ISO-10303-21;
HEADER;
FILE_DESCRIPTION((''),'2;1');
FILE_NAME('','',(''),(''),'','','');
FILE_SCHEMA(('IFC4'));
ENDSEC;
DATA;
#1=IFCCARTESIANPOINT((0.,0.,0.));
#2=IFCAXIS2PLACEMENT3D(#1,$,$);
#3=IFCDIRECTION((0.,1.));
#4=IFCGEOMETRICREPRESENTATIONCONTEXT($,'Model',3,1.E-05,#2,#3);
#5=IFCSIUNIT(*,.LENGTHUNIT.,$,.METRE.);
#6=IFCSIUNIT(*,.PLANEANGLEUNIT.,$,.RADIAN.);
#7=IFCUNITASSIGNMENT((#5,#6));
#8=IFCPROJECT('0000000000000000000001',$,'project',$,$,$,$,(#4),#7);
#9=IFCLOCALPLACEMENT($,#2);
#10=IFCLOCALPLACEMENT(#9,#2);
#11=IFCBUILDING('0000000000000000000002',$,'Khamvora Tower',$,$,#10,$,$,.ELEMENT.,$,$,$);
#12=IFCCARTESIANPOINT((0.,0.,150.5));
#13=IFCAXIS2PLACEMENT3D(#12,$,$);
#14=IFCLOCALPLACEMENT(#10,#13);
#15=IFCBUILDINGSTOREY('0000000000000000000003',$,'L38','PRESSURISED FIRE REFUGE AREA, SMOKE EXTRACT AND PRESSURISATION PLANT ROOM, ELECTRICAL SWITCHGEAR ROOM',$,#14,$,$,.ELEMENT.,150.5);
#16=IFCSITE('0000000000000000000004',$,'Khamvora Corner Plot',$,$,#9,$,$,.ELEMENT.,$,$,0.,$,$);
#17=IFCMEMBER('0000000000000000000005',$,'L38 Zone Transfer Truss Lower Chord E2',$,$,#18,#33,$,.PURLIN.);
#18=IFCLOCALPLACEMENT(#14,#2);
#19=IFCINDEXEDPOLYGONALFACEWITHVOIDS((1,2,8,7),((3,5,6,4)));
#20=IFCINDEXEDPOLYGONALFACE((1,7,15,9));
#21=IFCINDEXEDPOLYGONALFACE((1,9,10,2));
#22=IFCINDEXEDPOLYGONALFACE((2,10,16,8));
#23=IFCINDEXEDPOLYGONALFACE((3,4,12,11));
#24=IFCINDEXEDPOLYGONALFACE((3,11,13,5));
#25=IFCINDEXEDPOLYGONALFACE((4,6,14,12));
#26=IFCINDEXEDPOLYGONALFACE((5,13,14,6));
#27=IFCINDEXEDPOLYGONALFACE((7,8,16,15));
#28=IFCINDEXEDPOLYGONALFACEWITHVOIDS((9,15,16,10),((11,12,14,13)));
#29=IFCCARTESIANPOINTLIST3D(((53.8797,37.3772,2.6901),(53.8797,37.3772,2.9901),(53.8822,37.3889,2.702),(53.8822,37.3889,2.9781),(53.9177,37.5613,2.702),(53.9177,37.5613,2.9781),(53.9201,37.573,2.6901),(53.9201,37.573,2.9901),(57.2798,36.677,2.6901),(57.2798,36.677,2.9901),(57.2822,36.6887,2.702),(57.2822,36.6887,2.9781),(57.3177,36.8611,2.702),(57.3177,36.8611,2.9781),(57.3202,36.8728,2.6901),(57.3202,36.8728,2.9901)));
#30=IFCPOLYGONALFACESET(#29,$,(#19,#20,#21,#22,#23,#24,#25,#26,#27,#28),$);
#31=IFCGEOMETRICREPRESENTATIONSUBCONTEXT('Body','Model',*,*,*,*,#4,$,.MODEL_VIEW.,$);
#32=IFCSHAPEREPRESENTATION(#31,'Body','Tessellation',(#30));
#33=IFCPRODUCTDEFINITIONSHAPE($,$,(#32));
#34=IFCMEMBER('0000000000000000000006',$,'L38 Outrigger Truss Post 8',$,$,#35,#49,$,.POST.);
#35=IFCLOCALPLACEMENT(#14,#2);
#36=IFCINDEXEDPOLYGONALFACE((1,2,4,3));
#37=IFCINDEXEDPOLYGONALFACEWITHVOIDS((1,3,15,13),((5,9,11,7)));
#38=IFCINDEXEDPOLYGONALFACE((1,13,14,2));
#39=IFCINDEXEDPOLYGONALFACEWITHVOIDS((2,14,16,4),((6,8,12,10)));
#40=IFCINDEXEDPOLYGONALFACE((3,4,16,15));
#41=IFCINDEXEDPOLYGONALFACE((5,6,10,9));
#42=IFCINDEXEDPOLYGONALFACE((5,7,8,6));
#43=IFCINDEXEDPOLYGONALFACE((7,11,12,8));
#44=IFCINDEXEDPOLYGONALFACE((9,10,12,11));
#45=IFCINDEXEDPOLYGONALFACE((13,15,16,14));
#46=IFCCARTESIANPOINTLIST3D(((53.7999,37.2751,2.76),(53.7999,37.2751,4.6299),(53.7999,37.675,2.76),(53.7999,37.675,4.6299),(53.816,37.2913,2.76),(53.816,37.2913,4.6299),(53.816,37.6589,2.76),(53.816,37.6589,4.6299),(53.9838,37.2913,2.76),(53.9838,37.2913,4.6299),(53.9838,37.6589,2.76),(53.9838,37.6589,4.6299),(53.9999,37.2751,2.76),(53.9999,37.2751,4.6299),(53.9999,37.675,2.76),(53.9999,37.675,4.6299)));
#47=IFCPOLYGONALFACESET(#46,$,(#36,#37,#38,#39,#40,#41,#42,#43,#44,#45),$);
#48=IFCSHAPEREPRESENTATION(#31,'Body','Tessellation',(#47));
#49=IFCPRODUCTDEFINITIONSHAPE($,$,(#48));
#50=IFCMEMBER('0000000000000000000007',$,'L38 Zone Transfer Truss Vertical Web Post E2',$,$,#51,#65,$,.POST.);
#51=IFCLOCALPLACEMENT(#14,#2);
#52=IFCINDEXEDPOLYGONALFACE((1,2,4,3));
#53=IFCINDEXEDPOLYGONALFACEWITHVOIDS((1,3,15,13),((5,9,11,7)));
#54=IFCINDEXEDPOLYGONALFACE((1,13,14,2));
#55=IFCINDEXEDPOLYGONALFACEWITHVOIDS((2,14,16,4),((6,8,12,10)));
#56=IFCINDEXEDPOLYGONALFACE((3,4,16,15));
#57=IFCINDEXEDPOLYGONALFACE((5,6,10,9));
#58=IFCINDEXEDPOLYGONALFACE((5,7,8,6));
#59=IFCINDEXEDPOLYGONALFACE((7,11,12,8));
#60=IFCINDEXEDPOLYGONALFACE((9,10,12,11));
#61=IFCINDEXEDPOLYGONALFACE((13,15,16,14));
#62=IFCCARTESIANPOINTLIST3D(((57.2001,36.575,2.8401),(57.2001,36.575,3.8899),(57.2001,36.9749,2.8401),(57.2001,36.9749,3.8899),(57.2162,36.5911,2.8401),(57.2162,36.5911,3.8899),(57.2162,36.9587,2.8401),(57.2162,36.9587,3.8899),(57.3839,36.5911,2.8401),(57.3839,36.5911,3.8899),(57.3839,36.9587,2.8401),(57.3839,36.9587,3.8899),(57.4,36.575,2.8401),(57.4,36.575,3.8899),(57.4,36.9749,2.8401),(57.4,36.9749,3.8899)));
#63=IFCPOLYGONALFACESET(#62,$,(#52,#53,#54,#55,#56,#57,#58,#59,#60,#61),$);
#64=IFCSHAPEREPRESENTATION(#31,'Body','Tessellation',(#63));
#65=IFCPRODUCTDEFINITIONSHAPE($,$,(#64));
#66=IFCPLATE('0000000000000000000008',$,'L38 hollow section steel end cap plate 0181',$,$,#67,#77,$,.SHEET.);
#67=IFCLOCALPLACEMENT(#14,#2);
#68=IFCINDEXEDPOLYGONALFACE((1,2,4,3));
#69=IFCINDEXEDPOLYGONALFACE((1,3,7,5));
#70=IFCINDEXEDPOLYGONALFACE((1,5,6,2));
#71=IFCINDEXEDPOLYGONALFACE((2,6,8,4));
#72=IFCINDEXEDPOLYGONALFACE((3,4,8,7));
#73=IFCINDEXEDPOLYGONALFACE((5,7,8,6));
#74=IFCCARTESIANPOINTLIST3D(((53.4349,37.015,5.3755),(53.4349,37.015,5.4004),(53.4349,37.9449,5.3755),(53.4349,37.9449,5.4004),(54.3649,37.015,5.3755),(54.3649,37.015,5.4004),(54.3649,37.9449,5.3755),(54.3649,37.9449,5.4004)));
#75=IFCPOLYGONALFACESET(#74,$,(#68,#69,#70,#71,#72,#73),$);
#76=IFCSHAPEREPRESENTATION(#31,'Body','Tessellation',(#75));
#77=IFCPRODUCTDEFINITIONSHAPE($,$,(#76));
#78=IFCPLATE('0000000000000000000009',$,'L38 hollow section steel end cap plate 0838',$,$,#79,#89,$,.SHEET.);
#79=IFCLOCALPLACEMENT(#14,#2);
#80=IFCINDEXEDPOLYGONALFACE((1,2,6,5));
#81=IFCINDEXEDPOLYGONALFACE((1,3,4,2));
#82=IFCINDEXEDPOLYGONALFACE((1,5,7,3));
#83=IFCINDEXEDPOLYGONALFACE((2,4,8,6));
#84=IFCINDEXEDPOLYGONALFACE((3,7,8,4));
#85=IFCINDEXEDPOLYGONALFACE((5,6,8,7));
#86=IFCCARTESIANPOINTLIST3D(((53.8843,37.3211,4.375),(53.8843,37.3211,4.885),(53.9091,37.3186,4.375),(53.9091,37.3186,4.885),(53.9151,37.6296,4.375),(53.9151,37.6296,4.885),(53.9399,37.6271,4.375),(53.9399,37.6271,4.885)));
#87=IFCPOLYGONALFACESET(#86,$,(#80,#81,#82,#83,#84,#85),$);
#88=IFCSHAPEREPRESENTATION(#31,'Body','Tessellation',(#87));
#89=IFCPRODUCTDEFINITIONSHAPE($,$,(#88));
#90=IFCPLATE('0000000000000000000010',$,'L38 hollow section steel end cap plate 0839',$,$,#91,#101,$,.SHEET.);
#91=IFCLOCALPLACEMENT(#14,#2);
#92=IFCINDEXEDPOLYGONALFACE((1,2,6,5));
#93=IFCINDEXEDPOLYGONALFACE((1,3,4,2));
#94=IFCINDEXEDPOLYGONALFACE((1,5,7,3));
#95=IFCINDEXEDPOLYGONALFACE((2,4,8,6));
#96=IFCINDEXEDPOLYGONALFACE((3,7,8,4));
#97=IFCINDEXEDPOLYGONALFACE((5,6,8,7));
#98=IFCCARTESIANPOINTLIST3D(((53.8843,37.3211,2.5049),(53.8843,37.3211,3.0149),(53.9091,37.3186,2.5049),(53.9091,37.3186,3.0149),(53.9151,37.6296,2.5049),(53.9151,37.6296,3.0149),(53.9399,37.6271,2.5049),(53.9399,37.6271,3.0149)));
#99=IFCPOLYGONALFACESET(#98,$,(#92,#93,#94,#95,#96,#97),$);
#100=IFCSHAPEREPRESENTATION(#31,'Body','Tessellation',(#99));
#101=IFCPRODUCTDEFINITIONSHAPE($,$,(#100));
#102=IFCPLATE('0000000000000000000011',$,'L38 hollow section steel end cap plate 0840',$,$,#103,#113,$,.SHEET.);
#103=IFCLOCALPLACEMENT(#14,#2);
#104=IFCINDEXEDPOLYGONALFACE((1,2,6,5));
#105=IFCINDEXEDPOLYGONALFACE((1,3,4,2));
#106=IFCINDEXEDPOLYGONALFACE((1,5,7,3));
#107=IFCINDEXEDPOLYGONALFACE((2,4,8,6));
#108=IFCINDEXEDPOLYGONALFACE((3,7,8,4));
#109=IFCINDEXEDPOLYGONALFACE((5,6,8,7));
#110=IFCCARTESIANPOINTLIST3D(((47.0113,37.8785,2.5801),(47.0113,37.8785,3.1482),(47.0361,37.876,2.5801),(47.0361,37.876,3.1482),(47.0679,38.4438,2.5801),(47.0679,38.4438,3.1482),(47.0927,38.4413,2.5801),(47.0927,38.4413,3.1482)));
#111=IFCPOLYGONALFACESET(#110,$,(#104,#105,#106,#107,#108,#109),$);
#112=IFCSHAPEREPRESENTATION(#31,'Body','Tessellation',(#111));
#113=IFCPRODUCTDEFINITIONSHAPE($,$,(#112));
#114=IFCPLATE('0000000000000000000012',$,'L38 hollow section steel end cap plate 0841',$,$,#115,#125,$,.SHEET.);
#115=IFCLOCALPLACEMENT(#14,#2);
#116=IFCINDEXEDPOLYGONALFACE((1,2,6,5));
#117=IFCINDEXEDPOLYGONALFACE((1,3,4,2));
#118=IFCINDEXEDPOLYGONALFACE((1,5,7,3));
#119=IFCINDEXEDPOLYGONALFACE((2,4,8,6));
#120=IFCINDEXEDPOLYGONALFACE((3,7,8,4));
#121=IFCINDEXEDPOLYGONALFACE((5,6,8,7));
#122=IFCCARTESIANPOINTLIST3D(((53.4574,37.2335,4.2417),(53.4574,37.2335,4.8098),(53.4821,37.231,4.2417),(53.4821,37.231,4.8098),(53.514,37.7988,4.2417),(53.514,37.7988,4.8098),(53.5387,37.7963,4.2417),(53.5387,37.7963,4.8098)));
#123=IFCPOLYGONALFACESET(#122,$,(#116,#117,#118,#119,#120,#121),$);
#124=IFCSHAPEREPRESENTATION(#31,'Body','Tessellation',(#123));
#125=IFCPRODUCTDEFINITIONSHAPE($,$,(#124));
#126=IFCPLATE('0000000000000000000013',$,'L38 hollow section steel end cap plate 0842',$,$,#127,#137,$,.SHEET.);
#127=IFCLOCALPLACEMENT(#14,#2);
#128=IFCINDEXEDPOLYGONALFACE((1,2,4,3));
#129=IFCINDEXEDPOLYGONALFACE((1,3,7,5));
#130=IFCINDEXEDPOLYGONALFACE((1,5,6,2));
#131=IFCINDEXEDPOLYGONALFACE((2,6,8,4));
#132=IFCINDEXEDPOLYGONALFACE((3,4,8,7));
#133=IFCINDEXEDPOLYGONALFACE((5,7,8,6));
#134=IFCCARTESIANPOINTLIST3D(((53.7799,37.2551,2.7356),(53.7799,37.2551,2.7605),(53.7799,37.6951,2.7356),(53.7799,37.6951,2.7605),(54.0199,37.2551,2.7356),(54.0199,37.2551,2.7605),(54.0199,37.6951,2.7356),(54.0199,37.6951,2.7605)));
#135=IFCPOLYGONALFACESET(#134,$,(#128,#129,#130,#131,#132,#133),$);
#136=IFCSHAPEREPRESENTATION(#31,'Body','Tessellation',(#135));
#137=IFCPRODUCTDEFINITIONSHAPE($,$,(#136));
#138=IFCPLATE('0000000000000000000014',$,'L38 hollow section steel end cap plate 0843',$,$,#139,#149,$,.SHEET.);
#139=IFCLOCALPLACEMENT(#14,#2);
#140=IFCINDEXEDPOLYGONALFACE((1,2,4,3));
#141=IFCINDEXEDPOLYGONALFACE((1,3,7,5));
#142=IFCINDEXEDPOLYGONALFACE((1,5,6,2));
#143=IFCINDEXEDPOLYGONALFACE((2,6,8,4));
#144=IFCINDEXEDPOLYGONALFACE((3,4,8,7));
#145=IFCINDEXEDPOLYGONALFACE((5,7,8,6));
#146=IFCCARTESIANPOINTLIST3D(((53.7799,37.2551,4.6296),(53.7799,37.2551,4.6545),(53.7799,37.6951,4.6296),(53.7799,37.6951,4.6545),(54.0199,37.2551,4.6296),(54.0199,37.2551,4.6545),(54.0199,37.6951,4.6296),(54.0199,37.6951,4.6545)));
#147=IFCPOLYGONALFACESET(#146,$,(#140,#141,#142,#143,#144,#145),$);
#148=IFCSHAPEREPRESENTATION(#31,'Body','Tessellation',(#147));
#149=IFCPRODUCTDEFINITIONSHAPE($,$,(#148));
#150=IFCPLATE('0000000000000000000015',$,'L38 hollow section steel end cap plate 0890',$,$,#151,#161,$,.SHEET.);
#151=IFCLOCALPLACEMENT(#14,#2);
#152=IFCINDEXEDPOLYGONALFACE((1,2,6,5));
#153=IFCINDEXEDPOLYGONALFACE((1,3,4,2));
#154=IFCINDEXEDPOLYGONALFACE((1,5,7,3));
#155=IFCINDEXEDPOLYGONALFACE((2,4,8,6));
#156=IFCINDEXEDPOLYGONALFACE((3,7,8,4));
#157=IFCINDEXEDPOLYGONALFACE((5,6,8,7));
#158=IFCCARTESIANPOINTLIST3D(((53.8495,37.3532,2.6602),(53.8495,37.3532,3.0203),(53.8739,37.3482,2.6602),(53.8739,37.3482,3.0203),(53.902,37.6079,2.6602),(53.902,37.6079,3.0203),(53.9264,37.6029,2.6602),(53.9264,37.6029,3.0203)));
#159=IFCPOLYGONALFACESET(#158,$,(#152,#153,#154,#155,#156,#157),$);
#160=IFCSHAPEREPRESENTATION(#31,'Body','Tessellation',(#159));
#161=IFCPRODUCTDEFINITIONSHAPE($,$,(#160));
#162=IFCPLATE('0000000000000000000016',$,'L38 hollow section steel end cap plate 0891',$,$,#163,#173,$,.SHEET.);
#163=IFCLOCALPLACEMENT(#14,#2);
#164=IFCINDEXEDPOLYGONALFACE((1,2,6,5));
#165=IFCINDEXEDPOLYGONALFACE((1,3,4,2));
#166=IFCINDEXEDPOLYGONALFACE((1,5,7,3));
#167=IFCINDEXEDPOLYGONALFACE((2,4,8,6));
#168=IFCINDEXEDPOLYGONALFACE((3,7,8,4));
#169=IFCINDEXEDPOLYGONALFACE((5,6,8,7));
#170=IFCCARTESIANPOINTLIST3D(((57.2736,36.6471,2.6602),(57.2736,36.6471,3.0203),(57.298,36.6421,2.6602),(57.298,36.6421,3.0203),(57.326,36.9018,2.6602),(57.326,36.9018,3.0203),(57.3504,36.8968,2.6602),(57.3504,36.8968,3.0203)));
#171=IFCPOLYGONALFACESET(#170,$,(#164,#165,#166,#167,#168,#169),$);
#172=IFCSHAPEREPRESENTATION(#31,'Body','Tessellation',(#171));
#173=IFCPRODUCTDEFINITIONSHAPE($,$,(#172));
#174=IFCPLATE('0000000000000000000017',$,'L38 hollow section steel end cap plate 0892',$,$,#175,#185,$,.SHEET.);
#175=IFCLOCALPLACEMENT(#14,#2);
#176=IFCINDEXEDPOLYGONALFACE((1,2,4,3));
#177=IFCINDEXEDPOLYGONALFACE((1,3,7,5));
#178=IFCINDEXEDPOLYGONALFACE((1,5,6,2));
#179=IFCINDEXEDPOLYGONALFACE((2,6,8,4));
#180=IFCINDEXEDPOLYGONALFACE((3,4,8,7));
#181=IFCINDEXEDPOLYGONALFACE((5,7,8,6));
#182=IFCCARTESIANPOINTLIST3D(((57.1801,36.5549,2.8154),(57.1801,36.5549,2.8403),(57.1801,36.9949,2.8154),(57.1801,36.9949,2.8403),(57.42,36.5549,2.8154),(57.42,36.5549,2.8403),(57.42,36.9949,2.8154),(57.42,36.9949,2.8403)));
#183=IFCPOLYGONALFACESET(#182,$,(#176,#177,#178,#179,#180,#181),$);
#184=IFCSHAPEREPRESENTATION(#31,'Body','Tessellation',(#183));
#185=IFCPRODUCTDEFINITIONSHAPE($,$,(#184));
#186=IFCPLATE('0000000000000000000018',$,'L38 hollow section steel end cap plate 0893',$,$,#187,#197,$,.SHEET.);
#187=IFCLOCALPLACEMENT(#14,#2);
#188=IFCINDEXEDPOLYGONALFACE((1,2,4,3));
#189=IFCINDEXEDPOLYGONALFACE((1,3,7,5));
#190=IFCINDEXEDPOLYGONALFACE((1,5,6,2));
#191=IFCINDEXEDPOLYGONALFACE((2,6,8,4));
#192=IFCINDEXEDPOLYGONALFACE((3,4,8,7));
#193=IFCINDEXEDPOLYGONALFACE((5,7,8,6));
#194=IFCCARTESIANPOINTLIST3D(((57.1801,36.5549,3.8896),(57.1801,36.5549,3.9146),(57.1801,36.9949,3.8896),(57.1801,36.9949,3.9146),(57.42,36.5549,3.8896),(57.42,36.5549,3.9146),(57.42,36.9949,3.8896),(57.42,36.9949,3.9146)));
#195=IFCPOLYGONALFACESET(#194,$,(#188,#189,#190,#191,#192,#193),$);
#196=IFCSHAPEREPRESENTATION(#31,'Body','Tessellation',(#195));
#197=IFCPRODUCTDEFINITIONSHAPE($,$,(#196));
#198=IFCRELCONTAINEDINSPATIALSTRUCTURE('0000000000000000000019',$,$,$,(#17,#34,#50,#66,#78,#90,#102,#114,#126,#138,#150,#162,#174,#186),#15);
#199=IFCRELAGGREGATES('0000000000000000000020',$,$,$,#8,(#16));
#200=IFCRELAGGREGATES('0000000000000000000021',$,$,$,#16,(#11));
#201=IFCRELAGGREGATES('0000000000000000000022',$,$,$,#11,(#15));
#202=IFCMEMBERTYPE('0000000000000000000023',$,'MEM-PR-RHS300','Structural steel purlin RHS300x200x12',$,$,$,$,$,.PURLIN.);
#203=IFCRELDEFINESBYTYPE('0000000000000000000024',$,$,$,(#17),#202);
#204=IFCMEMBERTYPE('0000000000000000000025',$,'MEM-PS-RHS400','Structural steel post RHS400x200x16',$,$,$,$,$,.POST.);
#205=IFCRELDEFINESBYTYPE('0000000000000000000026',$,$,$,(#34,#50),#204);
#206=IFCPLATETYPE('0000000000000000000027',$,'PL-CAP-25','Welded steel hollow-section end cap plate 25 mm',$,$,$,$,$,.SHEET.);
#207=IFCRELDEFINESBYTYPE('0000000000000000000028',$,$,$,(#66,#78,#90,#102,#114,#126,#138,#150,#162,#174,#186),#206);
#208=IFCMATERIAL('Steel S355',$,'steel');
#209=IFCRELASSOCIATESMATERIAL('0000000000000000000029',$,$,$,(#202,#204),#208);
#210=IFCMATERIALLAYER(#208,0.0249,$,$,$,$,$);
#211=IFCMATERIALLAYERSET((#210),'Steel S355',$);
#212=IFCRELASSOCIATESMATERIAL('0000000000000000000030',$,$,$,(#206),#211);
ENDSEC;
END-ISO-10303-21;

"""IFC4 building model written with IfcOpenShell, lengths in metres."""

from ifc_helpers import new_model, si_unit, direction, frame, origin, origin_2d, place, context, subcontext, project, spatial, rectangle, hollow_rectangle, extrude, material, layer, layer_set, material_profile, profile_set, type_object, element, save


model = new_model("IFC4")

# Units and contexts
model_context = context("Model", 3, precision=1e-05, world=origin(), true_north=direction((0.0, 1.0)))
body_context = subcontext(model_context, "Body", "Model", "MODEL_VIEW")
ifc_project = project(units=[si_unit("LENGTHUNIT", "METRE"), si_unit("PLANEANGLEUNIT", "RADIAN")], contexts=[model_context])

# Site, building, storey
site_placement = place(None, origin())
site = spatial("IfcSite", under=ifc_project, at=site_placement, Name="Khamvora Corner Plot", CompositionType="ELEMENT", RefElevation=0.0)
building_placement = place(site_placement, origin())
building = spatial("IfcBuilding", under=site, at=building_placement, Name="Khamvora Tower", CompositionType="ELEMENT")
storey_placement = place(building_placement, frame((0.0, 0.0, 150.5)))
storey = spatial("IfcBuildingStorey", under=building, at=storey_placement, Name="L38", Description="PRESSURISED FIRE REFUGE AREA, SMOKE EXTRACT AND PRESSURISATION PLANT ROOM, ELECTRICAL SWITCHGEAR ROOM", CompositionType="ELEMENT", Elevation=150.5)

# Shared definitions
ifc_material_1 = material(Name="Steel S355", Category="steel")

# Members
ifc_material_profile_1 = material_profile(ifc_material_1, hollow_rectangle(XDim=0.2, YDim=0.3, WallThickness=0.012, at=origin_2d()), Name="RHS300x200x12")
ifc_profile_set_1 = profile_set([ifc_material_profile_1], Name="Steel S355")
member_type_1 = type_object("IfcMemberType", Name="MEM-PR-RHS300", Description="Structural steel purlin RHS300x200x12", PredefinedType="PURLIN", material=ifc_profile_set_1)
member_1_placement = place(storey_placement, frame((53.8999, 37.4751, 2.8401), z_axis=(0.979448, -0.201699, 0.0), x_axis=(0.201699, 0.979448, 0.0)))
element("IfcMember", 1, at=member_1_placement, inside=storey, type_object=member_type_1, Name="L38 Zone Transfer Truss Lower Chord E2", PredefinedType="PURLIN", context=body_context, shape_type="SweptSolid", body=[
    extrude(hollow_rectangle(XDim=0.2, YDim=0.3, WallThickness=0.012, at=origin_2d()), origin(), (0.0, 0.0, 1.0), 3.4714),
])
ifc_material_profile_2 = material_profile(ifc_material_1, hollow_rectangle(XDim=0.2, YDim=0.3999, WallThickness=0.0161, at=origin_2d()), Name="RHS400x200x16")
ifc_profile_set_2 = profile_set([ifc_material_profile_2], Name="Steel S355")
member_type_2 = type_object("IfcMemberType", Name="MEM-PS-RHS400", Description="Structural steel post RHS400x200x16", PredefinedType="POST", material=ifc_profile_set_2)
member_2_placement = place(storey_placement, frame((53.8999, 37.4751, 2.76), z_axis=(0.0, 0.0, 1.0), x_axis=(1.0, 0.0, 0.0)))
element("IfcMember", 2, at=member_2_placement, inside=storey, type_object=member_type_2, Name="L38 Outrigger Truss Post 8", PredefinedType="POST", context=body_context, shape_type="SweptSolid", body=[
    extrude(hollow_rectangle(XDim=0.2, YDim=0.3999, WallThickness=0.0161, at=origin_2d()), origin(), (0.0, 0.0, 1.0), 1.8699),
])
member_3_placement = place(storey_placement, frame((57.3, 36.7749, 2.8401), z_axis=(0.0, 0.0, 1.0), x_axis=(1.0, 0.0, 0.0)))
element("IfcMember", 3, at=member_3_placement, inside=storey, type_object=member_type_2, Name="L38 Zone Transfer Truss Vertical Web Post E2", PredefinedType="POST", context=body_context, shape_type="SweptSolid", body=[
    extrude(hollow_rectangle(XDim=0.2, YDim=0.3999, WallThickness=0.0161, at=origin_2d()), origin(), (0.0, 0.0, 1.0), 1.0498),
])

# Plates
ifc_layer_1 = layer(ifc_material_1, 0.0249)
ifc_layer_set_1 = layer_set([ifc_layer_1], Name="Steel S355")
plate_type_1 = type_object("IfcPlateType", Name="PL-CAP-25", Description="Welded steel hollow-section end cap plate 25 mm", PredefinedType="SHEET", material=ifc_layer_set_1)
plate_1_placement = place(storey_placement, frame((53.8999, 37.48, 5.3755), z_axis=(0.0, 0.0, 1.0), x_axis=(1.0, 0.0, 0.0)))
element("IfcPlate", 4, at=plate_1_placement, inside=storey, type_object=plate_type_1, Name="L38 hollow section steel end cap plate 0181", PredefinedType="SHEET", context=body_context, shape_type="SweptSolid", body=[
    extrude(rectangle(XDim=0.9299, YDim=0.9299, at=origin_2d()), origin(), (0.0, 0.0, 1.0), 0.0249),
])
for number, where, z_axis, x_axis, name in (
    (5, (53.9121, 37.4741, 4.375), (0.0, 0.0, 1.0), (0.995036, -0.099511, 0.0), "L38 hollow section steel end cap plate 0838"),
    (6, (53.9121, 37.4741, 2.5049), (0.0, 0.0, 1.0), (0.995036, -0.099511, 0.0), "L38 hollow section steel end cap plate 0839"),
):
    element("IfcPlate", number, at=place(storey_placement, frame(where, z_axis=z_axis, x_axis=x_axis)), inside=storey, type_object=plate_type_1, Name=name, PredefinedType="SHEET", context=body_context, shape_type="SweptSolid", body=[
        extrude(rectangle(XDim=0.0249, YDim=0.3101, at=origin_2d()), origin(), (0.0, 0.0, 1.0), 0.51),
    ])
for number, where, z_axis, x_axis, name in (
    (7, (47.052, 38.1599, 2.5801), (0.0, 0.0, 1.0), (0.995024, -0.099632, 0.0), "L38 hollow section steel end cap plate 0840"),
    (8, (53.498, 37.5149, 4.2417), (0.0, 0.0, 1.0), (0.995024, -0.099632, 0.0), "L38 hollow section steel end cap plate 0841"),
):
    element("IfcPlate", number, at=place(storey_placement, frame(where, z_axis=z_axis, x_axis=x_axis)), inside=storey, type_object=plate_type_1, Name=name, PredefinedType="SHEET", context=body_context, shape_type="SweptSolid", body=[
        extrude(rectangle(XDim=0.0249, YDim=0.5681, at=origin_2d()), origin(), (0.0, 0.0, 1.0), 0.5681),
    ])
for number, where, z_axis, x_axis, name in (
    (9, (53.8999, 37.4751, 2.7356), (0.0, 0.0, 1.0), (1.0, 0.0, 0.0), "L38 hollow section steel end cap plate 0842"),
    (10, (53.8999, 37.4751, 4.6296), (0.0, 0.0, 1.0), (1.0, 0.0, 0.0), "L38 hollow section steel end cap plate 0843"),
):
    element("IfcPlate", number, at=place(storey_placement, frame(where, z_axis=z_axis, x_axis=x_axis)), inside=storey, type_object=plate_type_1, Name=name, PredefinedType="SHEET", context=body_context, shape_type="SweptSolid", body=[
        extrude(rectangle(XDim=0.24, YDim=0.4399, at=origin_2d()), origin(), (0.0, 0.0, 1.0), 0.0249),
    ])
for number, where, z_axis, x_axis, name in (
    (11, (53.8879, 37.478, 2.6602), (0.0, 0.0, 1.0), (0.979456, -0.201659, 0.0), "L38 hollow section steel end cap plate 0890"),
    (12, (57.312, 36.772, 2.6602), (0.0, 0.0, 1.0), (0.979456, -0.201659, 0.0), "L38 hollow section steel end cap plate 0891"),
):
    element("IfcPlate", number, at=place(storey_placement, frame(where, z_axis=z_axis, x_axis=x_axis)), inside=storey, type_object=plate_type_1, Name=name, PredefinedType="SHEET", context=body_context, shape_type="SweptSolid", body=[
        extrude(rectangle(XDim=0.0249, YDim=0.26, at=origin_2d()), origin(), (0.0, 0.0, 1.0), 0.3601),
    ])
for number, where, z_axis, x_axis, name in (
    (13, (57.3, 36.7749, 2.8154), (0.0, 0.0, 1.0), (1.0, 0.0, 0.0), "L38 hollow section steel end cap plate 0892"),
    (14, (57.3, 36.7749, 3.8896), (0.0, 0.0, 1.0), (1.0, 0.0, 0.0), "L38 hollow section steel end cap plate 0893"),
):
    element("IfcPlate", number, at=place(storey_placement, frame(where, z_axis=z_axis, x_axis=x_axis)), inside=storey, type_object=plate_type_1, Name=name, PredefinedType="SHEET", context=body_context, shape_type="SweptSolid", body=[
        extrude(rectangle(XDim=0.24, YDim=0.4399, at=origin_2d()), origin(), (0.0, 0.0, 1.0), 0.0249),
    ])

save(model, "model.ifc")
